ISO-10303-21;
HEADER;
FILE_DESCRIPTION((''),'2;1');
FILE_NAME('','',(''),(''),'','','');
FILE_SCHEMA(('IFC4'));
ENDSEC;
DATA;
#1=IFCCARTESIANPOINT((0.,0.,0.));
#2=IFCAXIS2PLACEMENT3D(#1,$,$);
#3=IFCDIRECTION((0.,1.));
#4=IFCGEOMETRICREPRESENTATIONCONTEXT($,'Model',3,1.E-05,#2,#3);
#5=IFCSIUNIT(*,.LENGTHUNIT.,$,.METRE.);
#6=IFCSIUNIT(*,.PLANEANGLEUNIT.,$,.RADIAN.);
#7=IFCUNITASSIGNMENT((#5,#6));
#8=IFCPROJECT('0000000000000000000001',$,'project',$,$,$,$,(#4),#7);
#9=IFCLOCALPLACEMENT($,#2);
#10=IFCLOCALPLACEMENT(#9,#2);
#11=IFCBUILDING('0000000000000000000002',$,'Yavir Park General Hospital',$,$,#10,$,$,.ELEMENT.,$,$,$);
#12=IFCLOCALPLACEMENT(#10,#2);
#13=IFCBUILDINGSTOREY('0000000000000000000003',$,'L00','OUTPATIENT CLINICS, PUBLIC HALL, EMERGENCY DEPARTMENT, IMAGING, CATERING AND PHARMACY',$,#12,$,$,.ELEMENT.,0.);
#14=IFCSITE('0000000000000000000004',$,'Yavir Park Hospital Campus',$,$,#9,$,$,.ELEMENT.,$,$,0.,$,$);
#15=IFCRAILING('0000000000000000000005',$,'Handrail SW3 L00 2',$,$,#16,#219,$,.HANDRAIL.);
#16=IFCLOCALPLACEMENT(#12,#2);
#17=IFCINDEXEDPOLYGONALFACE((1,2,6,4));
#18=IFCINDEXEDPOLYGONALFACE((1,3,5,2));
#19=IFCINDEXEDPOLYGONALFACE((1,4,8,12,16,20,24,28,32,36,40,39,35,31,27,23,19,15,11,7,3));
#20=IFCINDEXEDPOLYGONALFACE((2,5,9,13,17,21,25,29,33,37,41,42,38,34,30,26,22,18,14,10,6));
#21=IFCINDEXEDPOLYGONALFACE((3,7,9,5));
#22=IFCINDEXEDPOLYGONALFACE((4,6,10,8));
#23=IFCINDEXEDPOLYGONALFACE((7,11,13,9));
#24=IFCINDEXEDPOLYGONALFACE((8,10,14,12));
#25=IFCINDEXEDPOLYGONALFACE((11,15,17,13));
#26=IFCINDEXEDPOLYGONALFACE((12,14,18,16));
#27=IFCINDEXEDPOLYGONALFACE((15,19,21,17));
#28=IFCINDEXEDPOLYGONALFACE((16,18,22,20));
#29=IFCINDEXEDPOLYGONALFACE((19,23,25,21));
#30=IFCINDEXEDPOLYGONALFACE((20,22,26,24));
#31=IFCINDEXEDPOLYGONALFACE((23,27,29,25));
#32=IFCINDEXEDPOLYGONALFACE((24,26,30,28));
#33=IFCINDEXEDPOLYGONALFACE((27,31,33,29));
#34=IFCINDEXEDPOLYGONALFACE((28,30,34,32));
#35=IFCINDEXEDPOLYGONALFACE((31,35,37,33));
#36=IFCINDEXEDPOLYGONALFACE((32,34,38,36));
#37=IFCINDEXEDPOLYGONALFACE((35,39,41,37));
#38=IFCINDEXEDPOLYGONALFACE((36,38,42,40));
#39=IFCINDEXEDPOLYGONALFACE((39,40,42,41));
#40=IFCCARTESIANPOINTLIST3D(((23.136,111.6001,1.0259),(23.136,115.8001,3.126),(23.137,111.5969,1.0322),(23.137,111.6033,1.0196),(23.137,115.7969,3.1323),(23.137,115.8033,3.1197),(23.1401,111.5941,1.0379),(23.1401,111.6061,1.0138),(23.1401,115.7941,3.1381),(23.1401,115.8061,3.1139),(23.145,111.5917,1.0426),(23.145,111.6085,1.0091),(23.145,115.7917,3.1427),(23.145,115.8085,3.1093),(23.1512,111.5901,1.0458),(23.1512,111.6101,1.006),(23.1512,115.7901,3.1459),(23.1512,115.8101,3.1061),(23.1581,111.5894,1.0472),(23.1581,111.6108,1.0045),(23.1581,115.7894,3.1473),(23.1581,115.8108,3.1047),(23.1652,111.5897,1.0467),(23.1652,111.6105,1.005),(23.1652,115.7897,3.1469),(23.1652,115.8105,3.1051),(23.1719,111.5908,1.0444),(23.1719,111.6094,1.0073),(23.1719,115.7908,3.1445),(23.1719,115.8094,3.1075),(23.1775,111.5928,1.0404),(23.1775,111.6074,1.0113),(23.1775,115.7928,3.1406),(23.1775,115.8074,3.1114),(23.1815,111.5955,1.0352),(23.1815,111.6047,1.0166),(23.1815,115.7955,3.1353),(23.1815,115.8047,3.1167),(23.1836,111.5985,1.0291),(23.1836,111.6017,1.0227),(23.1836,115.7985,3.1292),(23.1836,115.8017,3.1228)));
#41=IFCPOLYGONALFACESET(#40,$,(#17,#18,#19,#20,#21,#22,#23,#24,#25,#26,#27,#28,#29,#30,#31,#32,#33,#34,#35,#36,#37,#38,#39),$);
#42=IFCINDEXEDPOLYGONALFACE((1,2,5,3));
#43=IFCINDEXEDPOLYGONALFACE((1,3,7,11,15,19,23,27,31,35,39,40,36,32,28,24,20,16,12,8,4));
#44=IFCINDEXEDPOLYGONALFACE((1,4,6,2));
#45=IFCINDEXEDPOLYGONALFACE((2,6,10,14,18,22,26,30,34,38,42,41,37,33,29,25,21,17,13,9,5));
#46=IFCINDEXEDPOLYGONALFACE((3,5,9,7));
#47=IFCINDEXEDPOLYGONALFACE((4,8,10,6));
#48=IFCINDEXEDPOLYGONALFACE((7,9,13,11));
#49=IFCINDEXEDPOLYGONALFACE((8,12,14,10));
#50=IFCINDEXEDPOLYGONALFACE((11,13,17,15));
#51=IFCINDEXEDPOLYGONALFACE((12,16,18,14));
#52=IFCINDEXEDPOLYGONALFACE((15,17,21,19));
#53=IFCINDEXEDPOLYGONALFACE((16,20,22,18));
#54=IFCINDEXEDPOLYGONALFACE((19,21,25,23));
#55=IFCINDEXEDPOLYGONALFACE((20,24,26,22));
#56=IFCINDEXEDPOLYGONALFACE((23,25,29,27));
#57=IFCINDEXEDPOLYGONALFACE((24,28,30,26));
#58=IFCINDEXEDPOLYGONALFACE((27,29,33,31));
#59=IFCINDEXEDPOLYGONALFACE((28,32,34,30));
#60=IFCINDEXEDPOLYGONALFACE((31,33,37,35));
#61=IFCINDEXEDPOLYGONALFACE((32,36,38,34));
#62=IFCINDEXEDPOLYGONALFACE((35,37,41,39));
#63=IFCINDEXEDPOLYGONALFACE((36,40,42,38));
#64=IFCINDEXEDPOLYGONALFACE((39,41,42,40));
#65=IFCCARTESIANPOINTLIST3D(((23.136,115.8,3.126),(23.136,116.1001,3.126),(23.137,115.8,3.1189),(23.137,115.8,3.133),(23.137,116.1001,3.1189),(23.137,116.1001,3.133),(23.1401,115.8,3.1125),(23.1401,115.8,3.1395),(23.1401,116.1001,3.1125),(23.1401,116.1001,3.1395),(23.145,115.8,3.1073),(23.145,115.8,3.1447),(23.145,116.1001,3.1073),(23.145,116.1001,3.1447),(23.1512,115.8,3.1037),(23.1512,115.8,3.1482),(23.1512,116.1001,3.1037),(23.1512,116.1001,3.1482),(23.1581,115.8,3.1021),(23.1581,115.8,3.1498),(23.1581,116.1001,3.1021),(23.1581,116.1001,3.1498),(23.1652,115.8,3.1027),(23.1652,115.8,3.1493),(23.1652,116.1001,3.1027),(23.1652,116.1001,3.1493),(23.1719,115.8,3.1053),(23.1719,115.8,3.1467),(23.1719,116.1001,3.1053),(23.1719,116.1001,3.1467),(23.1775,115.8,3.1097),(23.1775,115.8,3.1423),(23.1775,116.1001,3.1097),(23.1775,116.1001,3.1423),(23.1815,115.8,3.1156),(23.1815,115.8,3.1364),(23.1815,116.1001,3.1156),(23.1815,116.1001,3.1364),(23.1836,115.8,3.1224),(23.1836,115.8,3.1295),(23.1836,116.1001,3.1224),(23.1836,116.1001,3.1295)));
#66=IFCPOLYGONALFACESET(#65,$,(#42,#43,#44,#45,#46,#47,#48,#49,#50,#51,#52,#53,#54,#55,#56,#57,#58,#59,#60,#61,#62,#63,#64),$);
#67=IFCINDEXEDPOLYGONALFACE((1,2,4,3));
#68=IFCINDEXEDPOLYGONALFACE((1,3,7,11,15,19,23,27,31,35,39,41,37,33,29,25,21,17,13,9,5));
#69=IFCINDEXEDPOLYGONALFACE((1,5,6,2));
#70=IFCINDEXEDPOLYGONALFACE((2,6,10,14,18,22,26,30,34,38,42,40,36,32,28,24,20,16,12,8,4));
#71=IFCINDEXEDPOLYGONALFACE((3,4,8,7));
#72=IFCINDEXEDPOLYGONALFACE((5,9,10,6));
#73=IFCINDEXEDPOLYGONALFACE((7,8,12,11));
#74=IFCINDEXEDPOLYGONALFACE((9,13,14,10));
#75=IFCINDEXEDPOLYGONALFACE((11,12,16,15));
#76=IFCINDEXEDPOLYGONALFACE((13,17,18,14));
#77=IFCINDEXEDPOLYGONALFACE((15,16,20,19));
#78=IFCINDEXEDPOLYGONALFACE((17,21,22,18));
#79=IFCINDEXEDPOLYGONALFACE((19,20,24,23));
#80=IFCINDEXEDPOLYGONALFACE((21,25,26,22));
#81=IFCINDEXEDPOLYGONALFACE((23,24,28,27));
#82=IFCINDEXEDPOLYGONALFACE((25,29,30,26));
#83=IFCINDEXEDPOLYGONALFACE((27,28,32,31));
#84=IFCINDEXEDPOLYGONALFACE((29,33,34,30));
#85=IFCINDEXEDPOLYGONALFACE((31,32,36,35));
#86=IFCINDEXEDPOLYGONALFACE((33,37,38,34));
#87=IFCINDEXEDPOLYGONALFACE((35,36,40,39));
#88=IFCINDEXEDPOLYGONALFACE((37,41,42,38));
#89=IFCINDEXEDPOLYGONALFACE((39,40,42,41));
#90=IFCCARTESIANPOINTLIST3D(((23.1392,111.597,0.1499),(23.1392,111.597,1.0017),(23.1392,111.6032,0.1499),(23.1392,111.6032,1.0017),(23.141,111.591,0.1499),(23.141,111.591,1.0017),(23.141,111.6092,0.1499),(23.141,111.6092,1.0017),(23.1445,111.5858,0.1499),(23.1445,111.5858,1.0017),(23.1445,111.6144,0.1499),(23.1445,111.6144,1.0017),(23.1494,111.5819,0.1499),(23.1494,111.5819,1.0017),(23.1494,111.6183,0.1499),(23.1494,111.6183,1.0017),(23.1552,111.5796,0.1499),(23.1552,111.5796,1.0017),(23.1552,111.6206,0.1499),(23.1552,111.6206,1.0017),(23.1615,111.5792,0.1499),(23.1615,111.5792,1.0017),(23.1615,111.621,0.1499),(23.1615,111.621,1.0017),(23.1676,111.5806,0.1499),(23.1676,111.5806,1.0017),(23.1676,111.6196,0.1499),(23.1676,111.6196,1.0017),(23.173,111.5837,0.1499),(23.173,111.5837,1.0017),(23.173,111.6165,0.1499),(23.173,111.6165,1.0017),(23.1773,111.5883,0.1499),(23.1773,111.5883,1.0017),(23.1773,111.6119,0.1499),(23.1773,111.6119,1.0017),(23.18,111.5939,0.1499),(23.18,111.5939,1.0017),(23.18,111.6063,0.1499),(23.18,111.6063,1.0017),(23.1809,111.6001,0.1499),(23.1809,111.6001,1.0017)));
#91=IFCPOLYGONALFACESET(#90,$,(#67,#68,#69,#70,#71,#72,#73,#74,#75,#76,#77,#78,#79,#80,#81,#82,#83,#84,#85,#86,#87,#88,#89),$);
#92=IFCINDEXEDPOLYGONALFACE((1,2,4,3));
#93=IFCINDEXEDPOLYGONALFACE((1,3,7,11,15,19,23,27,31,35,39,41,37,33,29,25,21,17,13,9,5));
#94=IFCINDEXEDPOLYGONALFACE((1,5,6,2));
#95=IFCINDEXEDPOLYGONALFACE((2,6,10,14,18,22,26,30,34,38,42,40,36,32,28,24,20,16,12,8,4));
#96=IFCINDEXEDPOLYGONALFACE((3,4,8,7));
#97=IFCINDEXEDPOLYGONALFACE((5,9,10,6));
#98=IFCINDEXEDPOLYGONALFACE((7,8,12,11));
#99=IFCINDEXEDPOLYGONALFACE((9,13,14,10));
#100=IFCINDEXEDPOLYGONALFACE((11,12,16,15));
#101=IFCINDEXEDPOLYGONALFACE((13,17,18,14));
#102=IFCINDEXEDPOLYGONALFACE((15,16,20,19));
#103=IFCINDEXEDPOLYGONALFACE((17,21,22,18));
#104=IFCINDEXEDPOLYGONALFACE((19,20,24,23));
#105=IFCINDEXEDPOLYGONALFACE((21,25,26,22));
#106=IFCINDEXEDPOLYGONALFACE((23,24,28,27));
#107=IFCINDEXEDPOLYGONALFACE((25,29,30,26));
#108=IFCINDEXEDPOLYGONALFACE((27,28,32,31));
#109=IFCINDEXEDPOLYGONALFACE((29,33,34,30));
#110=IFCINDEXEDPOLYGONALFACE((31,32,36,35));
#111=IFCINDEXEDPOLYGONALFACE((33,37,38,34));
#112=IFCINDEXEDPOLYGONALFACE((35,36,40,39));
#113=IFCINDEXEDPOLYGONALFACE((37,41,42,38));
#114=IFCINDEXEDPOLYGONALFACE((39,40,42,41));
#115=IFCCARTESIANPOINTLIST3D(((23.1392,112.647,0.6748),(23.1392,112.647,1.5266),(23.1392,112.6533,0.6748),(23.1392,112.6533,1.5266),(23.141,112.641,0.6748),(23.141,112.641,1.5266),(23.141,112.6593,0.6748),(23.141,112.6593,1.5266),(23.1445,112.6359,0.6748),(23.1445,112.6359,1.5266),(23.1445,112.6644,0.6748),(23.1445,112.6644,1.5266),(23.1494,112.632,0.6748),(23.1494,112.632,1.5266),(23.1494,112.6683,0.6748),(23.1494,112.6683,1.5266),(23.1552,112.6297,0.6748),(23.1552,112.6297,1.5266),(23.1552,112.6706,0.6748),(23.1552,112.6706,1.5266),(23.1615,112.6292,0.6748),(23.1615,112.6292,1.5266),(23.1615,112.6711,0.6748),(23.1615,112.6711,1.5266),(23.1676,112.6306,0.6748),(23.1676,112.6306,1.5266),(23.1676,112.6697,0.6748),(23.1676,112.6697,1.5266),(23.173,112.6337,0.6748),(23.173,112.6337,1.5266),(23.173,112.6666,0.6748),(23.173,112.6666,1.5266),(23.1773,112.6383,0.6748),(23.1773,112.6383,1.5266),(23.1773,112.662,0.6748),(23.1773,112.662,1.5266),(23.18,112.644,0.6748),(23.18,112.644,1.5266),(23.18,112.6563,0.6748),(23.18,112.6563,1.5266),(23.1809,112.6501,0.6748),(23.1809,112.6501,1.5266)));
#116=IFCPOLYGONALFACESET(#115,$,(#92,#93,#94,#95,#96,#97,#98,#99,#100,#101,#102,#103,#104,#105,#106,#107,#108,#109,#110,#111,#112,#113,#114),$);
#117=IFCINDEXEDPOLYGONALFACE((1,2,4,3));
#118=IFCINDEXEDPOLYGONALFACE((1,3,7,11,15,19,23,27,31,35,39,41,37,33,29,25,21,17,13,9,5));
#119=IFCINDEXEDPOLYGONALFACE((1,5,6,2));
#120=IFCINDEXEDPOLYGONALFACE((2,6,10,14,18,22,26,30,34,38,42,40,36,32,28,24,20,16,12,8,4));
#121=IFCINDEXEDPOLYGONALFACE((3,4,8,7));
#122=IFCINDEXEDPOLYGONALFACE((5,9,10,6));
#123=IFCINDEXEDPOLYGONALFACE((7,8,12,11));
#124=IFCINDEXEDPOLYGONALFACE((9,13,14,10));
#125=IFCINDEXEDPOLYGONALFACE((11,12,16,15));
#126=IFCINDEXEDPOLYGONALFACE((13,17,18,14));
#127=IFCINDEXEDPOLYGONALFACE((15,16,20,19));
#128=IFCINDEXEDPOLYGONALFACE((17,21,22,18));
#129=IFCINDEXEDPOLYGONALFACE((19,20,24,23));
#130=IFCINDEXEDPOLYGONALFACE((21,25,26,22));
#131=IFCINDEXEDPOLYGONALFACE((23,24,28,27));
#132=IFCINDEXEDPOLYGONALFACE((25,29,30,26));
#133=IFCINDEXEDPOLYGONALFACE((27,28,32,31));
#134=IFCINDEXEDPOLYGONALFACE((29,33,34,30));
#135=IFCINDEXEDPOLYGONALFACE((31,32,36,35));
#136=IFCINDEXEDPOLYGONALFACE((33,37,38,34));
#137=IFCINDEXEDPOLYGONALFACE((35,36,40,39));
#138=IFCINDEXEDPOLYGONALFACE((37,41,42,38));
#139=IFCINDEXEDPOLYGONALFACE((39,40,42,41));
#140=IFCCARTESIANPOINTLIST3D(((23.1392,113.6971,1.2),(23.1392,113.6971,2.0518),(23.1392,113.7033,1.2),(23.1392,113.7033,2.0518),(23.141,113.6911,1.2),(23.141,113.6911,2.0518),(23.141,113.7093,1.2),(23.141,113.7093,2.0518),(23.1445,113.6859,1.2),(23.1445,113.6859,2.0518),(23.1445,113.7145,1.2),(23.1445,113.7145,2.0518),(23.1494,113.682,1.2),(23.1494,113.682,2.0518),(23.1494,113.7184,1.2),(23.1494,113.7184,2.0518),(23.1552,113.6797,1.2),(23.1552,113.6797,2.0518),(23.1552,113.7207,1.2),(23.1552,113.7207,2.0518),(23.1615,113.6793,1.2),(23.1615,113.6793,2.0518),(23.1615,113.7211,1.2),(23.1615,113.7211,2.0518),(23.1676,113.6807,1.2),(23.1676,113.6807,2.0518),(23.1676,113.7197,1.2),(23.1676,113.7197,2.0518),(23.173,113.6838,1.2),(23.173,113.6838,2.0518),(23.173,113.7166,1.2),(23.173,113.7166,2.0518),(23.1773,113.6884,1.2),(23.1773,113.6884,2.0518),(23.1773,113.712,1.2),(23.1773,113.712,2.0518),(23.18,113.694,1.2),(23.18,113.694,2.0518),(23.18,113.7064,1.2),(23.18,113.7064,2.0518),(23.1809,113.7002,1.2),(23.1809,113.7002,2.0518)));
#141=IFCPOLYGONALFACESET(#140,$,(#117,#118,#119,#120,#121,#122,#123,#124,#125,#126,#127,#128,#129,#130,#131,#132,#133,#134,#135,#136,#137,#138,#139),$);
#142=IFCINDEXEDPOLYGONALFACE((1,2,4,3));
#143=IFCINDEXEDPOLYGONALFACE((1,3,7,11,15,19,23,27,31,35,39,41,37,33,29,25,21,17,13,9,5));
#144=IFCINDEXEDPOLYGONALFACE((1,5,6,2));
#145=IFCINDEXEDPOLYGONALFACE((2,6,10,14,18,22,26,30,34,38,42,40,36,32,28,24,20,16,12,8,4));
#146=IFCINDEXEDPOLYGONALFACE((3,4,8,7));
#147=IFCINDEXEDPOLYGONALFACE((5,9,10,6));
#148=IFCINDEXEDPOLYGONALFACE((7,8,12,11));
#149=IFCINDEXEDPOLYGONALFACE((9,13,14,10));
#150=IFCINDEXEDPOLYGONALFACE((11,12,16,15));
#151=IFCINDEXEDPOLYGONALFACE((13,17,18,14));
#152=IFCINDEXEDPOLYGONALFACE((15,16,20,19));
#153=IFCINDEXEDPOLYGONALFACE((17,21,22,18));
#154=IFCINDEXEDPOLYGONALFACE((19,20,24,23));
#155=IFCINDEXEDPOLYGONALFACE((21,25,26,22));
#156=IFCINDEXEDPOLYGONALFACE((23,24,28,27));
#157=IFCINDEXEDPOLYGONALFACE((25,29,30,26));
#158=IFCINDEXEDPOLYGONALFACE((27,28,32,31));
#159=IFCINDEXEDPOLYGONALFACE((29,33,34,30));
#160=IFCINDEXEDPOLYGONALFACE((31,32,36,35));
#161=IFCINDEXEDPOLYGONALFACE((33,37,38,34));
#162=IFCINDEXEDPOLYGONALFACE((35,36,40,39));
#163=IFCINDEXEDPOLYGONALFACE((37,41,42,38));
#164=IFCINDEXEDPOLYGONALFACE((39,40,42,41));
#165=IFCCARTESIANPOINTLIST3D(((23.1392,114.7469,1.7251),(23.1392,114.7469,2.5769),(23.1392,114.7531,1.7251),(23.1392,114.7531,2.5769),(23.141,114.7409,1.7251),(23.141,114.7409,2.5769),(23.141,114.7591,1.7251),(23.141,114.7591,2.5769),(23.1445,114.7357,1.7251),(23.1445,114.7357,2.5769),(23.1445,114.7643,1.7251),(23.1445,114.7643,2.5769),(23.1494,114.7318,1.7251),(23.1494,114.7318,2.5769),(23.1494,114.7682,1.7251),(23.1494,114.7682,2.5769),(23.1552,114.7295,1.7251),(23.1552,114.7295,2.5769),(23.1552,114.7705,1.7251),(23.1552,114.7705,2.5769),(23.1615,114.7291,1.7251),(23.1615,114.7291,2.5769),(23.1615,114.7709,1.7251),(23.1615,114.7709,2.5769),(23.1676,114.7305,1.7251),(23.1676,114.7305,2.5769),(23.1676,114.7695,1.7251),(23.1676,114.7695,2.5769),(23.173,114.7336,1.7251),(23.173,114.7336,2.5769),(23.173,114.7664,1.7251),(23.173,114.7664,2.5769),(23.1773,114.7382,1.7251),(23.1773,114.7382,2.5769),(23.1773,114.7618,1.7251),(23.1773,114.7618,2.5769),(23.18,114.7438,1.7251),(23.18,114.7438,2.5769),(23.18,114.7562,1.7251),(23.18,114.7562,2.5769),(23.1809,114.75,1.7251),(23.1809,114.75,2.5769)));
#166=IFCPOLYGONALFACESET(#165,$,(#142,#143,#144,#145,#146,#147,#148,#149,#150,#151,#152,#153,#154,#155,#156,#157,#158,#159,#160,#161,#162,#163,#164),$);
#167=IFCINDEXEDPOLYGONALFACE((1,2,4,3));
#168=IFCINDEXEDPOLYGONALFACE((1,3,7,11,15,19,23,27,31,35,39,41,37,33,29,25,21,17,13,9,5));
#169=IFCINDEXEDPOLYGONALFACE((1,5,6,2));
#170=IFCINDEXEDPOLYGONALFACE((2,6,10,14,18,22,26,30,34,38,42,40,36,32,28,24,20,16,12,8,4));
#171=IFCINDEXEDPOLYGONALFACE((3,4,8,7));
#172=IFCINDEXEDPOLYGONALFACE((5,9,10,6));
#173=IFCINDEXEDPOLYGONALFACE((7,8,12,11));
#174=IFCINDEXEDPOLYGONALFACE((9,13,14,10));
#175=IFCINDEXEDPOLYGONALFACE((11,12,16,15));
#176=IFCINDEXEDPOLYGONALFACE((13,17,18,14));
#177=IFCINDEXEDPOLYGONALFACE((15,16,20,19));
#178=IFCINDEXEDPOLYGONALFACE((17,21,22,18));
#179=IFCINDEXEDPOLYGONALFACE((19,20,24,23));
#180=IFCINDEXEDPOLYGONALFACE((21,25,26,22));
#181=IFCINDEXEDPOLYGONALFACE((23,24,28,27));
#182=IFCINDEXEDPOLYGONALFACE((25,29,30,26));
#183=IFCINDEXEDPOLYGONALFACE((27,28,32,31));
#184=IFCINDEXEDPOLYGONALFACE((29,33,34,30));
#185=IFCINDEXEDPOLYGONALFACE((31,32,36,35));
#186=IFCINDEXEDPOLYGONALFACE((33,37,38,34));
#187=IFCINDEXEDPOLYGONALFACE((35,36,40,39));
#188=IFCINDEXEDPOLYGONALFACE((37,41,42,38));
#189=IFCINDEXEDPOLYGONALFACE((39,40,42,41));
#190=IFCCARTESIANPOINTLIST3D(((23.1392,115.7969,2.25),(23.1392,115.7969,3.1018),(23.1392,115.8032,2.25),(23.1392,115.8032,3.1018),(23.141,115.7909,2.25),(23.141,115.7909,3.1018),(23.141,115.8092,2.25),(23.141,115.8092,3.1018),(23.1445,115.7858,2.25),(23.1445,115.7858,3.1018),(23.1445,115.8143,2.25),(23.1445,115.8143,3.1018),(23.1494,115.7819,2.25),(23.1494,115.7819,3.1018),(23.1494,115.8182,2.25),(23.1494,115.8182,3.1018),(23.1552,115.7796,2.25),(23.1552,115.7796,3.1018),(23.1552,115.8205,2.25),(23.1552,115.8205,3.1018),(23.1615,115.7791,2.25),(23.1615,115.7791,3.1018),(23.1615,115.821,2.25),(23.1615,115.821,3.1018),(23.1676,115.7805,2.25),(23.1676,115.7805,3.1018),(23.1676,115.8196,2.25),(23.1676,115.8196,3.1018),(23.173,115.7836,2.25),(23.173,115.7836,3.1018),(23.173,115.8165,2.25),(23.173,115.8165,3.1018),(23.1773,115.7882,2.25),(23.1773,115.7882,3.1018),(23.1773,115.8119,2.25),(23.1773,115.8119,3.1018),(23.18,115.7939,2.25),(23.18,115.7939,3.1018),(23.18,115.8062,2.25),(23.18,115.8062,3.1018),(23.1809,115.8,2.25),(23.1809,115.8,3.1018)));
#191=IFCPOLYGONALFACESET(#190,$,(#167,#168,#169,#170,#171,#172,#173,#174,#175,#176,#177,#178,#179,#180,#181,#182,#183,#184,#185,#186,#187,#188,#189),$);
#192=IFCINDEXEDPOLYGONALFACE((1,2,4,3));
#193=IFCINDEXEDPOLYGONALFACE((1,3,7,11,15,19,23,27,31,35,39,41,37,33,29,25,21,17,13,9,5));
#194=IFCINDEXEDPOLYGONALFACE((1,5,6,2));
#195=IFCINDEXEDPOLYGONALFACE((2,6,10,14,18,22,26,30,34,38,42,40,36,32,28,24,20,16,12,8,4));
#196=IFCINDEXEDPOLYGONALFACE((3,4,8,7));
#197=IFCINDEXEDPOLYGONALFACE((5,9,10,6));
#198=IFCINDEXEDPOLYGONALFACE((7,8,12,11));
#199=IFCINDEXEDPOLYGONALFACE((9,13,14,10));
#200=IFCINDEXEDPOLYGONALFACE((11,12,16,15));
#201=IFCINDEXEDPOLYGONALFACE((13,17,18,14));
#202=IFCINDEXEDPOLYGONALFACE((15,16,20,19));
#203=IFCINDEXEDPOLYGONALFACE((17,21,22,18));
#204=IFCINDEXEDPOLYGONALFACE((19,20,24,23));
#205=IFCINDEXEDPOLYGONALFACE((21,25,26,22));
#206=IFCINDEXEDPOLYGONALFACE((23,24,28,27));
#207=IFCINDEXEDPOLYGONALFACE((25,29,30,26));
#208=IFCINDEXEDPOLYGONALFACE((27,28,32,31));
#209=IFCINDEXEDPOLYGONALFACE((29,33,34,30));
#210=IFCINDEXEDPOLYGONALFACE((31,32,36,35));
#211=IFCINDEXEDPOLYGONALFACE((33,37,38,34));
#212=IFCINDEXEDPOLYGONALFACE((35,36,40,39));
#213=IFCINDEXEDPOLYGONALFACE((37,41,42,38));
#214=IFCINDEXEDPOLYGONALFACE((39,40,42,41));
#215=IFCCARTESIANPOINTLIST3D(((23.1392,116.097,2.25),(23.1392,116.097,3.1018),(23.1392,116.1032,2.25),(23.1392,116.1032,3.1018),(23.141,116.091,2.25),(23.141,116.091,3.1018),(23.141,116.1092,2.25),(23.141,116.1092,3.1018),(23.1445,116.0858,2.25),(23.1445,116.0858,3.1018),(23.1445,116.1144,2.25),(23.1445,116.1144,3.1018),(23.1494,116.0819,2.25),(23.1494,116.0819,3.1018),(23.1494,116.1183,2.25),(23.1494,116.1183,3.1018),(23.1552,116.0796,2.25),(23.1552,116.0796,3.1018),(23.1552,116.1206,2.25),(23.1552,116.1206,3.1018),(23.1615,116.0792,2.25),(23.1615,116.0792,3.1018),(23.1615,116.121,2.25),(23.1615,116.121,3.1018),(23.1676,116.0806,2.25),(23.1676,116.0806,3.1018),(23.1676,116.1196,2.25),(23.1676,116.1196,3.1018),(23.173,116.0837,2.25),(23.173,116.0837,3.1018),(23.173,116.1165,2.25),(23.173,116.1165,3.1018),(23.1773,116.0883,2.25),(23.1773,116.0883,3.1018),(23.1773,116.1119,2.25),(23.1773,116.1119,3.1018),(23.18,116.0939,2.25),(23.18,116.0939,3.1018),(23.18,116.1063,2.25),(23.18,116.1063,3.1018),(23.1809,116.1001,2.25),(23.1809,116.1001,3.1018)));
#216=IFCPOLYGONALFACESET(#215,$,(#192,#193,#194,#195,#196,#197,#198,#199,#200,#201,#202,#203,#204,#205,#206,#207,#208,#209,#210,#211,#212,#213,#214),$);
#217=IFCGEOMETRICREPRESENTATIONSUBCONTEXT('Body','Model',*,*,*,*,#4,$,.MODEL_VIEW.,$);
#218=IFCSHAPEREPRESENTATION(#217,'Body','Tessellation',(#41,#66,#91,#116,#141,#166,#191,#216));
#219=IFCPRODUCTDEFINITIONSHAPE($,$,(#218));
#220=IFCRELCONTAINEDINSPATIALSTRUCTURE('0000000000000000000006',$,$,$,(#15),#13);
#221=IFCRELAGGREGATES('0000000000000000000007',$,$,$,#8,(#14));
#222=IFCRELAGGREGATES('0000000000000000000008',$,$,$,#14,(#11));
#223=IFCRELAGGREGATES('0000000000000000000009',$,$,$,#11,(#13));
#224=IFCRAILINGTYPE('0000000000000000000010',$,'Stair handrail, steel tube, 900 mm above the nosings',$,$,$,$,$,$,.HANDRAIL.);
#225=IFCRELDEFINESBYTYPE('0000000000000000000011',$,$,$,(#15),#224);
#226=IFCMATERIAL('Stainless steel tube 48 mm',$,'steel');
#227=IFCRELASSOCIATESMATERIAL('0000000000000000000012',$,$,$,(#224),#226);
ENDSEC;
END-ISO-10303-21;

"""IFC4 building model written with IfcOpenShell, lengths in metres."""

from ifc_helpers import new_model, si_unit, direction, frame, origin, origin_2d, place, context, subcontext, project, spatial, circle, extrude, material, type_object, element, save


model = new_model("IFC4")

# Units and contexts
model_context = context("Model", 3, precision=1e-05, world=origin(), true_north=direction((0.0, 1.0)))
body_context = subcontext(model_context, "Body", "Model", "MODEL_VIEW")
ifc_project = project(units=[si_unit("LENGTHUNIT", "METRE"), si_unit("PLANEANGLEUNIT", "RADIAN")], contexts=[model_context])

# Site, building, storey
site_placement = place(None, origin())
site = spatial("IfcSite", under=ifc_project, at=site_placement, Name="Yavir Park Hospital Campus", CompositionType="ELEMENT", RefElevation=0.0)
building_placement = place(site_placement, origin())
building = spatial("IfcBuilding", under=site, at=building_placement, Name="Yavir Park General Hospital", CompositionType="ELEMENT")
storey_placement = place(building_placement, origin())
storey = spatial("IfcBuildingStorey", under=building, at=storey_placement, Name="L00", Description="OUTPATIENT CLINICS, PUBLIC HALL, EMERGENCY DEPARTMENT, IMAGING, CATERING AND PHARMACY", CompositionType="ELEMENT", Elevation=0.0)

# Railing
ifc_material_1 = material(Name="Stainless steel tube 48 mm", Category="steel")
railing_type = type_object("IfcRailingType", Name="Stair handrail, steel tube, 900 mm above the nosings", PredefinedType="HANDRAIL", material=ifc_material_1)
railing_placement = place(storey_placement, frame((23.1599, 111.6001, 0.1499)))
element("IfcRailing", 1, at=railing_placement, inside=storey, type_object=railing_type, Name="Handrail SW3 L00 2", PredefinedType="HANDRAIL", context=body_context, shape_type="SweptSolid", body=[
    extrude(circle(Radius=0.0239, at=origin_2d()), frame((0.0, 0.0, 0.876), z_axis=(0.0, 0.894417, 0.447234), x_axis=(-1.0, 0.0, 0.0)), (0.0, 0.0, 1.0), 4.6958),
    extrude(circle(Radius=0.0239, at=origin_2d()), frame((0.0, 4.2, 2.9761), z_axis=(0.0, 1.0, 0.0), x_axis=(-1.0, 0.0, 0.0)), (0.0, 0.0, 1.0), 0.3),
    extrude(circle(Radius=0.021, at=origin_2d()), origin(), (0.0, 0.0, 1.0), 0.8518),
    extrude(circle(Radius=0.021, at=origin_2d()), frame((0.0, 1.05, 0.5249)), (0.0, 0.0, 1.0), 0.8518),
    extrude(circle(Radius=0.021, at=origin_2d()), frame((0.0, 2.1001, 1.05)), (0.0, 0.0, 1.0), 0.8518),
    extrude(circle(Radius=0.021, at=origin_2d()), frame((0.0, 3.1499, 1.5752)), (0.0, 0.0, 1.0), 0.8518),
    extrude(circle(Radius=0.021, at=origin_2d()), frame((0.0, 4.2, 2.1001)), (0.0, 0.0, 1.0), 0.8518),
    extrude(circle(Radius=0.021, at=origin_2d()), frame((0.0, 4.5, 2.1001)), (0.0, 0.0, 1.0), 0.8518),
])

save(model, "model.ifc")
